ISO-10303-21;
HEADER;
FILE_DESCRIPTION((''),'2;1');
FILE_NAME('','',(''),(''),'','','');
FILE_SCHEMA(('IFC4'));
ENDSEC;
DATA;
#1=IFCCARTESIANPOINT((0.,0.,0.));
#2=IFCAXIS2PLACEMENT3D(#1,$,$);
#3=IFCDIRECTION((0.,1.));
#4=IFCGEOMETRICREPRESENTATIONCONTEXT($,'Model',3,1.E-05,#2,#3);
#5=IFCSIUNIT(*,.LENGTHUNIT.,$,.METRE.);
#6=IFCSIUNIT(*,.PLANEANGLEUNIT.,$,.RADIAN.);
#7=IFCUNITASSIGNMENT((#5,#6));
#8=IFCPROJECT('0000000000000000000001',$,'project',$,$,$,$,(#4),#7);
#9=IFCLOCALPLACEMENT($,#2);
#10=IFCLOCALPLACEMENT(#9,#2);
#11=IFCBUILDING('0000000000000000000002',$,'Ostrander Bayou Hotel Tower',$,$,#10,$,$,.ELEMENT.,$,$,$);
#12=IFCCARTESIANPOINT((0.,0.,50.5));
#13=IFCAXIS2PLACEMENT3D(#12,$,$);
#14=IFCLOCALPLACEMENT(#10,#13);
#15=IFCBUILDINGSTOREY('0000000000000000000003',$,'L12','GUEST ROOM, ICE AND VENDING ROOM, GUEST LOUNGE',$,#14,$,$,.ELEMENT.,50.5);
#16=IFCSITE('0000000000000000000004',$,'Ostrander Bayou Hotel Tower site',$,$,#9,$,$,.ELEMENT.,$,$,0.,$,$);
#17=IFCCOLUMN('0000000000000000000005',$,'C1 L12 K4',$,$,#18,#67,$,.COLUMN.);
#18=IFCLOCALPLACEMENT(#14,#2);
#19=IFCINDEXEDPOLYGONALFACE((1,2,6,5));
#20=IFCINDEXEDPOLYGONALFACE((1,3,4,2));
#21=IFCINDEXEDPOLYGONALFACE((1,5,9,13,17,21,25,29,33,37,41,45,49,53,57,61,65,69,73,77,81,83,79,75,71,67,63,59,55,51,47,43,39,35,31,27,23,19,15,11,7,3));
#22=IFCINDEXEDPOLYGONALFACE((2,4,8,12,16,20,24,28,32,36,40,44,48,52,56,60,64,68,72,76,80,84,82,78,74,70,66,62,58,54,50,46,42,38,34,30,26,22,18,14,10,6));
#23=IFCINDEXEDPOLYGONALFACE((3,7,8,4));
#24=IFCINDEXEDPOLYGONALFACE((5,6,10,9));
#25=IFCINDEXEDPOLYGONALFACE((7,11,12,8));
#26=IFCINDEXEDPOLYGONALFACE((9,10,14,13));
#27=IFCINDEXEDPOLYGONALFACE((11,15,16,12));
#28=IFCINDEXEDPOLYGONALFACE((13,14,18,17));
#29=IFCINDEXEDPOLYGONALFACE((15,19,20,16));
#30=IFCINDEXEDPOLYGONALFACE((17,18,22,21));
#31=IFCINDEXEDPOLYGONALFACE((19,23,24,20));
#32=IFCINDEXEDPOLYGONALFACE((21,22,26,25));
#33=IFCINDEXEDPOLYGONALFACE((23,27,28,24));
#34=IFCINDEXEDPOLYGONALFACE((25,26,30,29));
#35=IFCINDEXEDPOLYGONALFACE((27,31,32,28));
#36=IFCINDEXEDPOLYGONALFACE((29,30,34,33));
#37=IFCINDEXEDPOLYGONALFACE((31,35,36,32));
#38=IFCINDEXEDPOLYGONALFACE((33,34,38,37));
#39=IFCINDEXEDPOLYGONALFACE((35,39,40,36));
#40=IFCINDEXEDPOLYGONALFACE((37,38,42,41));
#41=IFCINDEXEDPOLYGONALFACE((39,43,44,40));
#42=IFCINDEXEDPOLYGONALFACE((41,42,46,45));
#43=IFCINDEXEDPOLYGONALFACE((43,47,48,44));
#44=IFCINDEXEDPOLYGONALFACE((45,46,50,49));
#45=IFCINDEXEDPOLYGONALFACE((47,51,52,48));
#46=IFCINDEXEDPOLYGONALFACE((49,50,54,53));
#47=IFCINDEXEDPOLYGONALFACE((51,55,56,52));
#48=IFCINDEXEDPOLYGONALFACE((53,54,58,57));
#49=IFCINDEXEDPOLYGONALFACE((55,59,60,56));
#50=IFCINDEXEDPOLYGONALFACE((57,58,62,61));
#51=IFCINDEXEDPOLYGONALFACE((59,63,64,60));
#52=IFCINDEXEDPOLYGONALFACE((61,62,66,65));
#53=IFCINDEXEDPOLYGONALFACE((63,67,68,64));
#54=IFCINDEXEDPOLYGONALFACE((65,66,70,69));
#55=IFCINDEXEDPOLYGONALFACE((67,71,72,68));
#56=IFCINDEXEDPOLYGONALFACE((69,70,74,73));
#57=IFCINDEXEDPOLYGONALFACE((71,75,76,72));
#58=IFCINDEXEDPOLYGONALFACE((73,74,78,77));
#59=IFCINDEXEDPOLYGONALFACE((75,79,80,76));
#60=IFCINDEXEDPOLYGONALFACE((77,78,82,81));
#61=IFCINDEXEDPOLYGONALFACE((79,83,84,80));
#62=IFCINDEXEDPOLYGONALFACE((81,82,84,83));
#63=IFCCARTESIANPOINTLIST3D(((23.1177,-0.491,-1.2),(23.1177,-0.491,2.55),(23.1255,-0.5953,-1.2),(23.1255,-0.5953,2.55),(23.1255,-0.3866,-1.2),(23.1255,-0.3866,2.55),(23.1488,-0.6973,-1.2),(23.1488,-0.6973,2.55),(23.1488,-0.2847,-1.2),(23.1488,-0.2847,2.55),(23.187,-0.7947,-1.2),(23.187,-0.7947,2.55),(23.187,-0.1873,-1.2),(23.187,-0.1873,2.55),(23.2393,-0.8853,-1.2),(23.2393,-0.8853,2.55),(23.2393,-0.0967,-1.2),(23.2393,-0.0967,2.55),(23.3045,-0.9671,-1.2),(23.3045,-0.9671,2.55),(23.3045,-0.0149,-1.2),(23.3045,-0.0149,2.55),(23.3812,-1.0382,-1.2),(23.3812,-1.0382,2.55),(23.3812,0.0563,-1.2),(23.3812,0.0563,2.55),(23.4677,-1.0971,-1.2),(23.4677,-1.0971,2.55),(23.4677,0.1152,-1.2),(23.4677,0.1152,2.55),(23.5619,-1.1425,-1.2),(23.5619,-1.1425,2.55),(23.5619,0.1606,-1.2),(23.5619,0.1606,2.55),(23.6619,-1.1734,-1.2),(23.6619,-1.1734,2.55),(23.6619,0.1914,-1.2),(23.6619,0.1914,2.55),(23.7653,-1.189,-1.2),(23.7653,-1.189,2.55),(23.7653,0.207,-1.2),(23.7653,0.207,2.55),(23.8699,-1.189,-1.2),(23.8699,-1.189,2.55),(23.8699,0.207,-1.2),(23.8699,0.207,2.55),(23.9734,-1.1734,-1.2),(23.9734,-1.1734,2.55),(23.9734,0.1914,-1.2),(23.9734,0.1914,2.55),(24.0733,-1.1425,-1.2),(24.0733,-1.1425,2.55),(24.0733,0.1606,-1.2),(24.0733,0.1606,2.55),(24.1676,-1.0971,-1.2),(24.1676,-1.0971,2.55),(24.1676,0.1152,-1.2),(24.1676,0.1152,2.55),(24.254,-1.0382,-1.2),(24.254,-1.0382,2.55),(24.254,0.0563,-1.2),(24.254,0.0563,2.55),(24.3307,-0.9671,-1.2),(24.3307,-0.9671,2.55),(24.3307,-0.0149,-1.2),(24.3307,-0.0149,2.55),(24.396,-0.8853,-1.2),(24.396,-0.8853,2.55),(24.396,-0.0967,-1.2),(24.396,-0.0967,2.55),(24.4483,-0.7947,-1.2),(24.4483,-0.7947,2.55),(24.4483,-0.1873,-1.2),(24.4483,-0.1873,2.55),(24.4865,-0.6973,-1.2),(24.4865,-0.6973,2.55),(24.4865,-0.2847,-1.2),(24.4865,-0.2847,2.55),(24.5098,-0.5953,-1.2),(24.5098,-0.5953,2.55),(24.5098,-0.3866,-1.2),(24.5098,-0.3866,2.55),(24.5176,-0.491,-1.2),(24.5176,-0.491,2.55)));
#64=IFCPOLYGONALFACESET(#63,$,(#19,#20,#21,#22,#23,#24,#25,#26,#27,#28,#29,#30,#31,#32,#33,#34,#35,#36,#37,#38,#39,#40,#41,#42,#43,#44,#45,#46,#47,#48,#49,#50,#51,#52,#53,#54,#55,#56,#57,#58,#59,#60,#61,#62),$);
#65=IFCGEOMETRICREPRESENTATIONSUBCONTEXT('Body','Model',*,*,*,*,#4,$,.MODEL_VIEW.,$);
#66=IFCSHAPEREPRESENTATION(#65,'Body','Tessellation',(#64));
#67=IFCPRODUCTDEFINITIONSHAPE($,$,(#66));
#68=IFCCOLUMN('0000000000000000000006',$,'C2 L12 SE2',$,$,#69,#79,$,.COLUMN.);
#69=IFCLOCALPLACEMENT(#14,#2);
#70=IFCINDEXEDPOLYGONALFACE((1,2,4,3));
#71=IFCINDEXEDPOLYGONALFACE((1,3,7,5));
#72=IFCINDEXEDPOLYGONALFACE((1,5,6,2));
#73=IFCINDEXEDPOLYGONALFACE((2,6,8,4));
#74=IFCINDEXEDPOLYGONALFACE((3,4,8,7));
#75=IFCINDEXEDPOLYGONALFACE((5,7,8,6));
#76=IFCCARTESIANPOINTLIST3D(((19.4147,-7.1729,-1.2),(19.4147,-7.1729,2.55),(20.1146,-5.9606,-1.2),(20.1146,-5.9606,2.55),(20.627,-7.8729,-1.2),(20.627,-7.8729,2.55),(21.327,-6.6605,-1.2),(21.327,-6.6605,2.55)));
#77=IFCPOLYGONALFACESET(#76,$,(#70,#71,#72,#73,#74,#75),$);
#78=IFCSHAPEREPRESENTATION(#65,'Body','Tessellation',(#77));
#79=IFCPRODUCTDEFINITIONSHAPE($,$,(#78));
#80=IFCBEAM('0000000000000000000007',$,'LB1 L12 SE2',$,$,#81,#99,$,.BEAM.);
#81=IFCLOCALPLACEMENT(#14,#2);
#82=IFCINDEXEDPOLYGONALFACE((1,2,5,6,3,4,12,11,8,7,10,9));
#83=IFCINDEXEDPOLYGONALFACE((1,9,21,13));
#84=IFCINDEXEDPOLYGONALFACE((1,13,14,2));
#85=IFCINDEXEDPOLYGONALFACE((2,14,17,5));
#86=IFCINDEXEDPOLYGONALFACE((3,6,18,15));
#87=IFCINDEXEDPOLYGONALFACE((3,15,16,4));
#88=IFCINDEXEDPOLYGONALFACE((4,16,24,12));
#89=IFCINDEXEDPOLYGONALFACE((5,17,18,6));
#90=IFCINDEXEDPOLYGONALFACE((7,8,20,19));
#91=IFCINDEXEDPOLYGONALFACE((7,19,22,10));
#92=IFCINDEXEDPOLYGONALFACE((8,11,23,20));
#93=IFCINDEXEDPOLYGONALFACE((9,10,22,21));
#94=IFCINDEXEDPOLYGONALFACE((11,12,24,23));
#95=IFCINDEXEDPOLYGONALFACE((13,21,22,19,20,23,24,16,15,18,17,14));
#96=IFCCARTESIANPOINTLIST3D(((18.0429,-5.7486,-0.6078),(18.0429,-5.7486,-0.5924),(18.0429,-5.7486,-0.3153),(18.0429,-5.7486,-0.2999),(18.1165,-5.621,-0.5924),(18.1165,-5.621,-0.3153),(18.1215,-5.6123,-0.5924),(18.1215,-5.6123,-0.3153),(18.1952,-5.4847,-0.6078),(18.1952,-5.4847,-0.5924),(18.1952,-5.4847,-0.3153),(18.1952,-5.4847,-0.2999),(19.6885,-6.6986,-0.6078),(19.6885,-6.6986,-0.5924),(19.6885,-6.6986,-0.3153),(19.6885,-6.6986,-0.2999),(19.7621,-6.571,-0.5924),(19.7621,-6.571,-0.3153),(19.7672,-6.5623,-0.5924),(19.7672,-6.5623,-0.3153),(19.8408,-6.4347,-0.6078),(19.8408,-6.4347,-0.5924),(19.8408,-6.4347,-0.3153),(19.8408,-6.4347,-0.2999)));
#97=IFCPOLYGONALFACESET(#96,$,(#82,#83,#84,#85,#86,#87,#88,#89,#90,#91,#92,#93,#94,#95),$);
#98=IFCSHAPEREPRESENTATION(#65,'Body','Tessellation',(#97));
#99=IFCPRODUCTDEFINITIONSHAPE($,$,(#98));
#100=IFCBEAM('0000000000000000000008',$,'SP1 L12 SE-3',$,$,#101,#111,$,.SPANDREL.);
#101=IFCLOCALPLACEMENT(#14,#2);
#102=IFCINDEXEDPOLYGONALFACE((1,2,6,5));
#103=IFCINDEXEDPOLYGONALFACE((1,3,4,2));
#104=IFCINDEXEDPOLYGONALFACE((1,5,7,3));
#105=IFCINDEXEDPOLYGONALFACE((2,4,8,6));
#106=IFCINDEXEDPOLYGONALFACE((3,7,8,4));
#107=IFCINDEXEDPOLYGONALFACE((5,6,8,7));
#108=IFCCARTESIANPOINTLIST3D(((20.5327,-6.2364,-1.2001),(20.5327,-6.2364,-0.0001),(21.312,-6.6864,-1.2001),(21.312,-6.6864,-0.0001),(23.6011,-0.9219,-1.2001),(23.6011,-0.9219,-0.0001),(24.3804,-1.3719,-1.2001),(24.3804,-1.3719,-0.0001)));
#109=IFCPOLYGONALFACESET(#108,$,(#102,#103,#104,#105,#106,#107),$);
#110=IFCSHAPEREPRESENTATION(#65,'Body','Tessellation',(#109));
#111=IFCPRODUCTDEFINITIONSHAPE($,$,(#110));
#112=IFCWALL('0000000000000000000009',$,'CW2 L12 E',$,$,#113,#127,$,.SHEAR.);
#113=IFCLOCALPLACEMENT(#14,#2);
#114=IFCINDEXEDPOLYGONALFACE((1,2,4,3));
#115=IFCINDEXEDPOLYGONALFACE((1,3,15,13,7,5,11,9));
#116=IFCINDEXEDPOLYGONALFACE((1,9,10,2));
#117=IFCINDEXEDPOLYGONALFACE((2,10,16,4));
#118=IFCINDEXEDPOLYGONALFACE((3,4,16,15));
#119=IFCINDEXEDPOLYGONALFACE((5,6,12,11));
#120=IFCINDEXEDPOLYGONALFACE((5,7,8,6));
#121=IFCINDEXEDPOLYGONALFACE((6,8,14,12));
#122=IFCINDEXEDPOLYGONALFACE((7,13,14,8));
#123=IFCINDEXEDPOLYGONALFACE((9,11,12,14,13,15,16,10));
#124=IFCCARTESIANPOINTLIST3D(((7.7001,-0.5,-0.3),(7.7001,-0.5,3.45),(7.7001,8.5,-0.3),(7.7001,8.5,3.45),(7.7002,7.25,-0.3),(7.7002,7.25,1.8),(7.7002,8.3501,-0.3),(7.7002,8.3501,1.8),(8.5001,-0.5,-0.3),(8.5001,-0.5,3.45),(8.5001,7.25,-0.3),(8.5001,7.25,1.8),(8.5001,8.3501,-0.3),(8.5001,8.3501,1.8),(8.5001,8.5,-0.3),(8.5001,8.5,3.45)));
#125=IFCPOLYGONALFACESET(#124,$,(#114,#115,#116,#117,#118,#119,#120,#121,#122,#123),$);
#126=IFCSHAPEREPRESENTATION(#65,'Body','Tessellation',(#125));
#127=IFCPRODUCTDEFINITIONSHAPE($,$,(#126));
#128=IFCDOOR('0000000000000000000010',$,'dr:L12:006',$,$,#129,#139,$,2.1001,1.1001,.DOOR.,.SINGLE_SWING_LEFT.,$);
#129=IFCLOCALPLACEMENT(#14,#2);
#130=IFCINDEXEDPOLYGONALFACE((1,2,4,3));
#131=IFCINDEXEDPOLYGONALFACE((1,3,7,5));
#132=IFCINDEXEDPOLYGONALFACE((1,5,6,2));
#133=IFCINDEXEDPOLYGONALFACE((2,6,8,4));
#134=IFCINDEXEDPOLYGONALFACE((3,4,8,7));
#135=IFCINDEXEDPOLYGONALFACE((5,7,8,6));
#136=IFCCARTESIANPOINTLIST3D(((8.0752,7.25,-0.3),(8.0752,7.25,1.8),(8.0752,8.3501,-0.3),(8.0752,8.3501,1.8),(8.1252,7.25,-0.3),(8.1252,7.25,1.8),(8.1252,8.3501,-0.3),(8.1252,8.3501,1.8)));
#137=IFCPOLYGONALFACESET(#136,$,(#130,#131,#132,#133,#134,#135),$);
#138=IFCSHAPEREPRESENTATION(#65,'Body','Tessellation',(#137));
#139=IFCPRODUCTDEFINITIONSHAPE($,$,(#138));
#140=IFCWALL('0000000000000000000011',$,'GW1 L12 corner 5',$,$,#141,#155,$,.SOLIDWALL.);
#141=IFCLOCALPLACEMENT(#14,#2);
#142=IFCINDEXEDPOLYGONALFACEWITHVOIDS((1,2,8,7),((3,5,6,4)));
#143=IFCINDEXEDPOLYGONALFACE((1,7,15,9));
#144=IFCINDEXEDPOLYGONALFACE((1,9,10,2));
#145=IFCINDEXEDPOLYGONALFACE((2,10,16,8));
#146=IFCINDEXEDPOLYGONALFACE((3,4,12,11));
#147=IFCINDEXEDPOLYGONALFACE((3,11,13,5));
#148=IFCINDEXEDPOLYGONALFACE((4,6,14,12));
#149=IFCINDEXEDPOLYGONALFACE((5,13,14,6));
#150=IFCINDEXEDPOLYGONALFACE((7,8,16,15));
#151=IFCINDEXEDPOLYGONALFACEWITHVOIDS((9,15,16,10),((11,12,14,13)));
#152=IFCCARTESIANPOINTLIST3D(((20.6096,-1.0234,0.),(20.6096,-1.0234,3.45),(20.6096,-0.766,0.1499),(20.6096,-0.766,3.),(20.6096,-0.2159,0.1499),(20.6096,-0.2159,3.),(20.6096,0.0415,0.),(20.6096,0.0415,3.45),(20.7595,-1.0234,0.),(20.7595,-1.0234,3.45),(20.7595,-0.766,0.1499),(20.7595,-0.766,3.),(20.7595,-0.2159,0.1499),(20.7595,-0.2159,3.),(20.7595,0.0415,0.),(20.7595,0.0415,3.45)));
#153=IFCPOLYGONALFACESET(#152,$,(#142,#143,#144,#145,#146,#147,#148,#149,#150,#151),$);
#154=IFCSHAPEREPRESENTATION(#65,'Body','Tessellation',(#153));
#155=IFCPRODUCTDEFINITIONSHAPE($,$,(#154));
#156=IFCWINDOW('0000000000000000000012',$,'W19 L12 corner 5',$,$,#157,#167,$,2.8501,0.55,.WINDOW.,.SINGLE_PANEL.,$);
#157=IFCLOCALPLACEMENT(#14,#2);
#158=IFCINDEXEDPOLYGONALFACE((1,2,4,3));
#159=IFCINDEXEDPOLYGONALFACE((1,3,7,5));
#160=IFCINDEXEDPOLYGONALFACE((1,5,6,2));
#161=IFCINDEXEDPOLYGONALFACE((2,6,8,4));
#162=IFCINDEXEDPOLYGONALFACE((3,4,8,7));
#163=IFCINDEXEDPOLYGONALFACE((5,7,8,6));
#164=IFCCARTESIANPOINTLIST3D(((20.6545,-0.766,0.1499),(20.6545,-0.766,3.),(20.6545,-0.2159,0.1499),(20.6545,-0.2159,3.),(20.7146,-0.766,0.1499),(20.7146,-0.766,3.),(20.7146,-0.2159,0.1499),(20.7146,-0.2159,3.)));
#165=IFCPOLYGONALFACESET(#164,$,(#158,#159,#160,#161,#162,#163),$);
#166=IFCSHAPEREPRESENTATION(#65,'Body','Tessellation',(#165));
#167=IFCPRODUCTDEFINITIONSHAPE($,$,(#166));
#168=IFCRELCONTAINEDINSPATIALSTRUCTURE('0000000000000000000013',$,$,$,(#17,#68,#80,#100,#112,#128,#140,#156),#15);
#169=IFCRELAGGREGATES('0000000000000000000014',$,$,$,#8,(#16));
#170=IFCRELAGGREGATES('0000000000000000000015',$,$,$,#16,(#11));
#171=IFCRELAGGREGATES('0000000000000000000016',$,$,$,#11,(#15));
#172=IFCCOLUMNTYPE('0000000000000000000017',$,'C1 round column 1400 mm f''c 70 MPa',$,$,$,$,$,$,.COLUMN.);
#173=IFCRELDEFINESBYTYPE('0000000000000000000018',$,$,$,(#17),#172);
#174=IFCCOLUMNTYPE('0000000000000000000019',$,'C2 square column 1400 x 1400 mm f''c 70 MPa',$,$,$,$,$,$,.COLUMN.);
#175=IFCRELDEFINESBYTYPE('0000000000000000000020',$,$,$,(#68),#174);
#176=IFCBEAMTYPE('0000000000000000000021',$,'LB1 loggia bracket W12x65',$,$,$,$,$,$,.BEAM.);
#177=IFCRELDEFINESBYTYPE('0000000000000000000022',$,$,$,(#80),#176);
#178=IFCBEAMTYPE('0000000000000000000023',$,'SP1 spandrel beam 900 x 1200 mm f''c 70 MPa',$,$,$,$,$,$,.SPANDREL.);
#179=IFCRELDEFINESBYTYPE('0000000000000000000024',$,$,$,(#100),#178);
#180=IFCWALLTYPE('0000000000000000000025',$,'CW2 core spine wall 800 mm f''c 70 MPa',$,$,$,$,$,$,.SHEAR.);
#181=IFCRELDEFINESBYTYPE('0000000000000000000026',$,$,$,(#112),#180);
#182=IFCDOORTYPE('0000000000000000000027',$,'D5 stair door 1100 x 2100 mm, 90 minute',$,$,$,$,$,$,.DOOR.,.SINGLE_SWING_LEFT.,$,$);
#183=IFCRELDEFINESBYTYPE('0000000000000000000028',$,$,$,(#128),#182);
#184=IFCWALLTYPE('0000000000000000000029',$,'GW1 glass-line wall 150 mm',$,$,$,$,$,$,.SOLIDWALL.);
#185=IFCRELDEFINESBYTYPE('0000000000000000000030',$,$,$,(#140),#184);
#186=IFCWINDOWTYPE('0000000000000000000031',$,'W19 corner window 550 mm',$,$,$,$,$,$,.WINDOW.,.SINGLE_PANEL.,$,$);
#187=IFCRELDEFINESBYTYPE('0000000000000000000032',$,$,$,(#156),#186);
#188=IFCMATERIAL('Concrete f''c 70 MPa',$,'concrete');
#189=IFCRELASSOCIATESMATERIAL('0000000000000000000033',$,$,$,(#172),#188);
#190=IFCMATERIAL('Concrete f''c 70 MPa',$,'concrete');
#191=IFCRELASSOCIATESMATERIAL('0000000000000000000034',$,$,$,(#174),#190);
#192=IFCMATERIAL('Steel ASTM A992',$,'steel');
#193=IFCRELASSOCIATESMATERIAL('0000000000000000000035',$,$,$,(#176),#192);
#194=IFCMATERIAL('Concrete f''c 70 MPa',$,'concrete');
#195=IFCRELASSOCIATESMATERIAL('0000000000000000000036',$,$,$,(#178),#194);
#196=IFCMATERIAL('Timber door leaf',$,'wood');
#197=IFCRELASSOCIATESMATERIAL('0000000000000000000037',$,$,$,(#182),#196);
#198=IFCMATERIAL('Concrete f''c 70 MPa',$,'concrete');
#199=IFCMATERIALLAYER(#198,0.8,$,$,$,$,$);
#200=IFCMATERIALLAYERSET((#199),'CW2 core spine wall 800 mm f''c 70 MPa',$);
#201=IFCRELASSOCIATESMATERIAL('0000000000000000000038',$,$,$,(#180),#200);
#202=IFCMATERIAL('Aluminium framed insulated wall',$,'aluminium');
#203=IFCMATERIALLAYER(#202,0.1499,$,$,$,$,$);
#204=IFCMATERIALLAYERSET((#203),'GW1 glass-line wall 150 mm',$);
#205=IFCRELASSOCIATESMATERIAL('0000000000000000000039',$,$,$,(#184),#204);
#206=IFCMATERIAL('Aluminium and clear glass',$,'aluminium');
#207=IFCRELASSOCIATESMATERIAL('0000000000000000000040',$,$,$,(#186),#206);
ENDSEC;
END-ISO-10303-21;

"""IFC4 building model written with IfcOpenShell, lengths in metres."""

from ifc_helpers import new_model, si_unit, direction, frame, frame_2d, origin, origin_2d, place, context, subcontext, project, spatial, rectangle, circle, i_section, extrude, material, layer, layer_set, material_profile, profile_set, type_object, element, fill, save


model = new_model("IFC4")

# Units and contexts
model_context = context("Model", 3, precision=1e-05, world=origin(), true_north=direction((0.0, 1.0)))
body_context = subcontext(model_context, "Body", "Model", "MODEL_VIEW")
ifc_project = project(units=[si_unit("LENGTHUNIT", "METRE"), si_unit("PLANEANGLEUNIT", "RADIAN")], contexts=[model_context])

# Site, building, storey
site_placement = place(None, origin())
site = spatial("IfcSite", under=ifc_project, at=site_placement, Name="Ostrander Bayou Hotel Tower site", CompositionType="ELEMENT", RefElevation=0.0)
building_placement = place(site_placement, origin())
building = spatial("IfcBuilding", under=site, at=building_placement, Name="Ostrander Bayou Hotel Tower", CompositionType="ELEMENT")
storey_placement = place(building_placement, frame((0.0, 0.0, 50.5)))
storey = spatial("IfcBuildingStorey", under=building, at=storey_placement, Name="L12", Description="GUEST ROOM, ICE AND VENDING ROOM, GUEST LOUNGE", CompositionType="ELEMENT", Elevation=50.5)

# Columns
ifc_material_1 = material(Name="Concrete f'c 70 MPa", Category="concrete")
ifc_material_profile_1 = material_profile(ifc_material_1, circle(Radius=0.7, at=origin_2d()))
ifc_profile_set_1 = profile_set([ifc_material_profile_1], Name="Concrete f'c 70 MPa")
column_type_1 = type_object("IfcColumnType", Name="C1 round column 1400 mm f'c 70 MPa", PredefinedType="COLUMN", material=ifc_profile_set_1)
column_1_placement = place(storey_placement, frame((23.8176, -0.491, -1.2), z_axis=(0.0, 0.0, 1.0), x_axis=(1.0, 0.0, 0.0)))
element("IfcColumn", 1, at=column_1_placement, inside=storey, type_object=column_type_1, Name="C1 L12 K4", PredefinedType="COLUMN", context=body_context, shape_type="SweptSolid", body=[
    extrude(circle(Radius=0.7, at=origin_2d()), origin(), (0.0, 0.0, 1.0), 3.75),
])
ifc_material_2 = material(Name="Concrete f'c 70 MPa", Category="concrete")
ifc_material_profile_2 = material_profile(ifc_material_2, rectangle(XDim=1.3999, YDim=1.3999, at=origin_2d()))
ifc_profile_set_2 = profile_set([ifc_material_profile_2], Name="Concrete f'c 70 MPa")
column_type_2 = type_object("IfcColumnType", Name="C2 square column 1400 x 1400 mm f'c 70 MPa", PredefinedType="COLUMN", material=ifc_profile_set_2)
column_2_placement = place(storey_placement, frame((20.3708, -6.9167, -1.2), z_axis=(0.0, 0.0, 1.0), x_axis=(-0.5, -0.866025, 0.0)))
element("IfcColumn", 2, at=column_2_placement, inside=storey, type_object=column_type_2, Name="C2 L12 SE2", PredefinedType="COLUMN", context=body_context, shape_type="SweptSolid", body=[
    extrude(rectangle(XDim=1.3999, YDim=1.3999, at=origin_2d()), origin(), (0.0, 0.0, 1.0), 3.75),
])

# Beams
ifc_material_3 = material(Name="Steel ASTM A992", Category="steel")
ifc_material_profile_3 = material_profile(ifc_material_3, i_section(OverallWidth=0.3047, OverallDepth=0.3079, WebThickness=0.01, FlangeThickness=0.0154, at=origin_2d()))
ifc_profile_set_3 = profile_set([ifc_material_profile_3], Name="Steel ASTM A992")
beam_type_1 = type_object("IfcBeamType", Name="LB1 loggia bracket W12x65", PredefinedType="BEAM", material=ifc_profile_set_3)
beam_1_placement = place(storey_placement, frame((19.7646, -6.5667, -0.4539), z_axis=(-0.866044, 0.499967, 0.0), x_axis=(-0.499967, -0.866044, 0.0)))
element("IfcBeam", 3, at=beam_1_placement, inside=storey, type_object=beam_type_1, Name="LB1 L12 SE2", PredefinedType="BEAM", context=body_context, shape_type="SweptSolid", body=[
    extrude(i_section(OverallWidth=0.3047, OverallDepth=0.3079, WebThickness=0.01, FlangeThickness=0.0154, at=origin_2d()), origin(), (0.0, 0.0, 1.0), 1.9001),
])
ifc_material_4 = material(Name="Concrete f'c 70 MPa", Category="concrete")
ifc_material_profile_4 = material_profile(ifc_material_4, rectangle(XDim=0.8999, YDim=1.2, at=origin_2d()))
ifc_profile_set_4 = profile_set([ifc_material_profile_4], Name="Concrete f'c 70 MPa")
beam_type_2 = type_object("IfcBeamType", Name="SP1 spandrel beam 900 x 1200 mm f'c 70 MPa", PredefinedType="SPANDREL", material=ifc_profile_set_4)
beam_2_placement = place(storey_placement, frame((20.9224, -6.4614, -0.6001), z_axis=(0.500007, 0.866021, 0.0), x_axis=(-0.866021, 0.500007, 0.0)))
element("IfcBeam", 4, at=beam_2_placement, inside=storey, type_object=beam_type_2, Name="SP1 L12 SE-3", PredefinedType="SPANDREL", context=body_context, shape_type="SweptSolid", body=[
    extrude(rectangle(XDim=0.8999, YDim=1.2, at=origin_2d()), origin(), (0.0, 0.0, 1.0), 6.1367),
])

# Shared definitions
ifc_material_5 = material(Name="Timber door leaf", Category="wood")
door_type_1 = type_object("IfcDoorType", Name="D5 stair door 1100 x 2100 mm, 90 minute", OperationType="SINGLE_SWING_LEFT", PredefinedType="DOOR", material=ifc_material_5)

# Wall, opening, door
ifc_material_6 = material(Name="Concrete f'c 70 MPa", Category="concrete")
ifc_layer_1 = layer(ifc_material_6, 0.8)
ifc_layer_set_1 = layer_set([ifc_layer_1], Name="CW2 core spine wall 800 mm f'c 70 MPa")
wall_type_1 = type_object("IfcWallType", Name="CW2 core spine wall 800 mm f'c 70 MPa", PredefinedType="SHEAR", material=ifc_layer_set_1)
wall_1_placement = place(storey_placement, frame((8.1001, -0.5, -0.3), z_axis=(0.0, 0.0, 1.0), x_axis=(0.0, 1.0, 0.0)))
wall_1 = element("IfcWall", 5, at=wall_1_placement, inside=storey, type_object=wall_type_1, Name="CW2 L12 E", PredefinedType="SHEAR", context=body_context, shape_type="SweptSolid", body=[
    extrude(rectangle(XDim=9.0, YDim=0.8, at=frame_2d((4.5, 0.0))), origin(), (0.0, 0.0, 1.0), 3.75),
])
opening_1_placement = place(wall_1_placement, frame((7.75, 0.0, 0.0)))
opening_1 = element("IfcOpeningElement", 6, at=opening_1_placement, cuts=wall_1, PredefinedType="OPENING", context=body_context, shape_type="SweptSolid", body=[
    extrude(rectangle(XDim=1.1001, YDim=2.1001, at=frame_2d((0.55, 1.05))), frame((0.0, 0.3999, 0.0), z_axis=(0.0, -1.0, 0.0), x_axis=(1.0, 0.0, 0.0)), (0.0, 0.0, 1.0), 0.8),
])
door_1_placement = place(opening_1_placement, origin())
door_1 = element("IfcDoor", 7, at=door_1_placement, inside=storey, type_object=door_type_1, Name="dr:L12:006", OperationType="SINGLE_SWING_LEFT", OverallHeight=2.1001, OverallWidth=1.1001, PredefinedType="DOOR", context=body_context, shape_type="SweptSolid", body=[
    extrude(rectangle(XDim=1.1001, YDim=2.1001, at=frame_2d((0.55, 1.05))), frame((0.0, 0.0249, 0.0), z_axis=(0.0, -1.0, 0.0), x_axis=(1.0, 0.0, 0.0)), (0.0, 0.0, 1.0), 0.05),
])
fill(opening_1, door_1)

# Wall, opening, window
ifc_material_7 = material(Name="Aluminium framed insulated wall", Category="aluminium")
ifc_layer_2 = layer(ifc_material_7, 0.1499)
ifc_layer_set_2 = layer_set([ifc_layer_2], Name="GW1 glass-line wall 150 mm")
wall_type_2 = type_object("IfcWallType", Name="GW1 glass-line wall 150 mm", PredefinedType="SOLIDWALL", material=ifc_layer_set_2)
wall_2_placement = place(storey_placement, frame((20.6846, -1.0234, 0.0), z_axis=(0.0, 0.0, 1.0), x_axis=(0.0, 1.0, 0.0)))
wall_2 = element("IfcWall", 8, at=wall_2_placement, inside=storey, type_object=wall_type_2, Name="GW1 L12 corner 5", PredefinedType="SOLIDWALL", context=body_context, shape_type="SweptSolid", body=[
    extrude(rectangle(XDim=1.0649, YDim=0.1499, at=frame_2d((0.5325, 0.0))), origin(), (0.0, 0.0, 1.0), 3.45),
])
opening_2_placement = place(wall_2_placement, frame((0.2576, 0.0, 0.1499)))
opening_2 = element("IfcOpeningElement", 9, at=opening_2_placement, cuts=wall_2, PredefinedType="OPENING", context=body_context, shape_type="SweptSolid", body=[
    extrude(rectangle(XDim=0.55, YDim=2.8501, at=frame_2d((0.2749, 1.425))), frame((0.0, 0.075, 0.0), z_axis=(0.0, -1.0, 0.0), x_axis=(1.0, 0.0, 0.0)), (0.0, 0.0, 1.0), 0.1499),
])
ifc_material_8 = material(Name="Aluminium and clear glass", Category="aluminium")
window_type = type_object("IfcWindowType", Name="W19 corner window 550 mm", PartitioningType="SINGLE_PANEL", PredefinedType="WINDOW", material=ifc_material_8)
window_placement = place(opening_2_placement, origin())
window = element("IfcWindow", 10, at=window_placement, inside=storey, type_object=window_type, Name="W19 L12 corner 5", OverallHeight=2.8501, OverallWidth=0.55, PartitioningType="SINGLE_PANEL", PredefinedType="WINDOW", context=body_context, shape_type="SweptSolid", body=[
    extrude(rectangle(XDim=0.55, YDim=2.8501, at=frame_2d((0.2749, 1.425))), frame((0.0, 0.03, 0.0), z_axis=(0.0, -1.0, 0.0), x_axis=(1.0, 0.0, 0.0)), (0.0, 0.0, 1.0), 0.0601),
])
fill(opening_2, window)

save(model, "model.ifc")
